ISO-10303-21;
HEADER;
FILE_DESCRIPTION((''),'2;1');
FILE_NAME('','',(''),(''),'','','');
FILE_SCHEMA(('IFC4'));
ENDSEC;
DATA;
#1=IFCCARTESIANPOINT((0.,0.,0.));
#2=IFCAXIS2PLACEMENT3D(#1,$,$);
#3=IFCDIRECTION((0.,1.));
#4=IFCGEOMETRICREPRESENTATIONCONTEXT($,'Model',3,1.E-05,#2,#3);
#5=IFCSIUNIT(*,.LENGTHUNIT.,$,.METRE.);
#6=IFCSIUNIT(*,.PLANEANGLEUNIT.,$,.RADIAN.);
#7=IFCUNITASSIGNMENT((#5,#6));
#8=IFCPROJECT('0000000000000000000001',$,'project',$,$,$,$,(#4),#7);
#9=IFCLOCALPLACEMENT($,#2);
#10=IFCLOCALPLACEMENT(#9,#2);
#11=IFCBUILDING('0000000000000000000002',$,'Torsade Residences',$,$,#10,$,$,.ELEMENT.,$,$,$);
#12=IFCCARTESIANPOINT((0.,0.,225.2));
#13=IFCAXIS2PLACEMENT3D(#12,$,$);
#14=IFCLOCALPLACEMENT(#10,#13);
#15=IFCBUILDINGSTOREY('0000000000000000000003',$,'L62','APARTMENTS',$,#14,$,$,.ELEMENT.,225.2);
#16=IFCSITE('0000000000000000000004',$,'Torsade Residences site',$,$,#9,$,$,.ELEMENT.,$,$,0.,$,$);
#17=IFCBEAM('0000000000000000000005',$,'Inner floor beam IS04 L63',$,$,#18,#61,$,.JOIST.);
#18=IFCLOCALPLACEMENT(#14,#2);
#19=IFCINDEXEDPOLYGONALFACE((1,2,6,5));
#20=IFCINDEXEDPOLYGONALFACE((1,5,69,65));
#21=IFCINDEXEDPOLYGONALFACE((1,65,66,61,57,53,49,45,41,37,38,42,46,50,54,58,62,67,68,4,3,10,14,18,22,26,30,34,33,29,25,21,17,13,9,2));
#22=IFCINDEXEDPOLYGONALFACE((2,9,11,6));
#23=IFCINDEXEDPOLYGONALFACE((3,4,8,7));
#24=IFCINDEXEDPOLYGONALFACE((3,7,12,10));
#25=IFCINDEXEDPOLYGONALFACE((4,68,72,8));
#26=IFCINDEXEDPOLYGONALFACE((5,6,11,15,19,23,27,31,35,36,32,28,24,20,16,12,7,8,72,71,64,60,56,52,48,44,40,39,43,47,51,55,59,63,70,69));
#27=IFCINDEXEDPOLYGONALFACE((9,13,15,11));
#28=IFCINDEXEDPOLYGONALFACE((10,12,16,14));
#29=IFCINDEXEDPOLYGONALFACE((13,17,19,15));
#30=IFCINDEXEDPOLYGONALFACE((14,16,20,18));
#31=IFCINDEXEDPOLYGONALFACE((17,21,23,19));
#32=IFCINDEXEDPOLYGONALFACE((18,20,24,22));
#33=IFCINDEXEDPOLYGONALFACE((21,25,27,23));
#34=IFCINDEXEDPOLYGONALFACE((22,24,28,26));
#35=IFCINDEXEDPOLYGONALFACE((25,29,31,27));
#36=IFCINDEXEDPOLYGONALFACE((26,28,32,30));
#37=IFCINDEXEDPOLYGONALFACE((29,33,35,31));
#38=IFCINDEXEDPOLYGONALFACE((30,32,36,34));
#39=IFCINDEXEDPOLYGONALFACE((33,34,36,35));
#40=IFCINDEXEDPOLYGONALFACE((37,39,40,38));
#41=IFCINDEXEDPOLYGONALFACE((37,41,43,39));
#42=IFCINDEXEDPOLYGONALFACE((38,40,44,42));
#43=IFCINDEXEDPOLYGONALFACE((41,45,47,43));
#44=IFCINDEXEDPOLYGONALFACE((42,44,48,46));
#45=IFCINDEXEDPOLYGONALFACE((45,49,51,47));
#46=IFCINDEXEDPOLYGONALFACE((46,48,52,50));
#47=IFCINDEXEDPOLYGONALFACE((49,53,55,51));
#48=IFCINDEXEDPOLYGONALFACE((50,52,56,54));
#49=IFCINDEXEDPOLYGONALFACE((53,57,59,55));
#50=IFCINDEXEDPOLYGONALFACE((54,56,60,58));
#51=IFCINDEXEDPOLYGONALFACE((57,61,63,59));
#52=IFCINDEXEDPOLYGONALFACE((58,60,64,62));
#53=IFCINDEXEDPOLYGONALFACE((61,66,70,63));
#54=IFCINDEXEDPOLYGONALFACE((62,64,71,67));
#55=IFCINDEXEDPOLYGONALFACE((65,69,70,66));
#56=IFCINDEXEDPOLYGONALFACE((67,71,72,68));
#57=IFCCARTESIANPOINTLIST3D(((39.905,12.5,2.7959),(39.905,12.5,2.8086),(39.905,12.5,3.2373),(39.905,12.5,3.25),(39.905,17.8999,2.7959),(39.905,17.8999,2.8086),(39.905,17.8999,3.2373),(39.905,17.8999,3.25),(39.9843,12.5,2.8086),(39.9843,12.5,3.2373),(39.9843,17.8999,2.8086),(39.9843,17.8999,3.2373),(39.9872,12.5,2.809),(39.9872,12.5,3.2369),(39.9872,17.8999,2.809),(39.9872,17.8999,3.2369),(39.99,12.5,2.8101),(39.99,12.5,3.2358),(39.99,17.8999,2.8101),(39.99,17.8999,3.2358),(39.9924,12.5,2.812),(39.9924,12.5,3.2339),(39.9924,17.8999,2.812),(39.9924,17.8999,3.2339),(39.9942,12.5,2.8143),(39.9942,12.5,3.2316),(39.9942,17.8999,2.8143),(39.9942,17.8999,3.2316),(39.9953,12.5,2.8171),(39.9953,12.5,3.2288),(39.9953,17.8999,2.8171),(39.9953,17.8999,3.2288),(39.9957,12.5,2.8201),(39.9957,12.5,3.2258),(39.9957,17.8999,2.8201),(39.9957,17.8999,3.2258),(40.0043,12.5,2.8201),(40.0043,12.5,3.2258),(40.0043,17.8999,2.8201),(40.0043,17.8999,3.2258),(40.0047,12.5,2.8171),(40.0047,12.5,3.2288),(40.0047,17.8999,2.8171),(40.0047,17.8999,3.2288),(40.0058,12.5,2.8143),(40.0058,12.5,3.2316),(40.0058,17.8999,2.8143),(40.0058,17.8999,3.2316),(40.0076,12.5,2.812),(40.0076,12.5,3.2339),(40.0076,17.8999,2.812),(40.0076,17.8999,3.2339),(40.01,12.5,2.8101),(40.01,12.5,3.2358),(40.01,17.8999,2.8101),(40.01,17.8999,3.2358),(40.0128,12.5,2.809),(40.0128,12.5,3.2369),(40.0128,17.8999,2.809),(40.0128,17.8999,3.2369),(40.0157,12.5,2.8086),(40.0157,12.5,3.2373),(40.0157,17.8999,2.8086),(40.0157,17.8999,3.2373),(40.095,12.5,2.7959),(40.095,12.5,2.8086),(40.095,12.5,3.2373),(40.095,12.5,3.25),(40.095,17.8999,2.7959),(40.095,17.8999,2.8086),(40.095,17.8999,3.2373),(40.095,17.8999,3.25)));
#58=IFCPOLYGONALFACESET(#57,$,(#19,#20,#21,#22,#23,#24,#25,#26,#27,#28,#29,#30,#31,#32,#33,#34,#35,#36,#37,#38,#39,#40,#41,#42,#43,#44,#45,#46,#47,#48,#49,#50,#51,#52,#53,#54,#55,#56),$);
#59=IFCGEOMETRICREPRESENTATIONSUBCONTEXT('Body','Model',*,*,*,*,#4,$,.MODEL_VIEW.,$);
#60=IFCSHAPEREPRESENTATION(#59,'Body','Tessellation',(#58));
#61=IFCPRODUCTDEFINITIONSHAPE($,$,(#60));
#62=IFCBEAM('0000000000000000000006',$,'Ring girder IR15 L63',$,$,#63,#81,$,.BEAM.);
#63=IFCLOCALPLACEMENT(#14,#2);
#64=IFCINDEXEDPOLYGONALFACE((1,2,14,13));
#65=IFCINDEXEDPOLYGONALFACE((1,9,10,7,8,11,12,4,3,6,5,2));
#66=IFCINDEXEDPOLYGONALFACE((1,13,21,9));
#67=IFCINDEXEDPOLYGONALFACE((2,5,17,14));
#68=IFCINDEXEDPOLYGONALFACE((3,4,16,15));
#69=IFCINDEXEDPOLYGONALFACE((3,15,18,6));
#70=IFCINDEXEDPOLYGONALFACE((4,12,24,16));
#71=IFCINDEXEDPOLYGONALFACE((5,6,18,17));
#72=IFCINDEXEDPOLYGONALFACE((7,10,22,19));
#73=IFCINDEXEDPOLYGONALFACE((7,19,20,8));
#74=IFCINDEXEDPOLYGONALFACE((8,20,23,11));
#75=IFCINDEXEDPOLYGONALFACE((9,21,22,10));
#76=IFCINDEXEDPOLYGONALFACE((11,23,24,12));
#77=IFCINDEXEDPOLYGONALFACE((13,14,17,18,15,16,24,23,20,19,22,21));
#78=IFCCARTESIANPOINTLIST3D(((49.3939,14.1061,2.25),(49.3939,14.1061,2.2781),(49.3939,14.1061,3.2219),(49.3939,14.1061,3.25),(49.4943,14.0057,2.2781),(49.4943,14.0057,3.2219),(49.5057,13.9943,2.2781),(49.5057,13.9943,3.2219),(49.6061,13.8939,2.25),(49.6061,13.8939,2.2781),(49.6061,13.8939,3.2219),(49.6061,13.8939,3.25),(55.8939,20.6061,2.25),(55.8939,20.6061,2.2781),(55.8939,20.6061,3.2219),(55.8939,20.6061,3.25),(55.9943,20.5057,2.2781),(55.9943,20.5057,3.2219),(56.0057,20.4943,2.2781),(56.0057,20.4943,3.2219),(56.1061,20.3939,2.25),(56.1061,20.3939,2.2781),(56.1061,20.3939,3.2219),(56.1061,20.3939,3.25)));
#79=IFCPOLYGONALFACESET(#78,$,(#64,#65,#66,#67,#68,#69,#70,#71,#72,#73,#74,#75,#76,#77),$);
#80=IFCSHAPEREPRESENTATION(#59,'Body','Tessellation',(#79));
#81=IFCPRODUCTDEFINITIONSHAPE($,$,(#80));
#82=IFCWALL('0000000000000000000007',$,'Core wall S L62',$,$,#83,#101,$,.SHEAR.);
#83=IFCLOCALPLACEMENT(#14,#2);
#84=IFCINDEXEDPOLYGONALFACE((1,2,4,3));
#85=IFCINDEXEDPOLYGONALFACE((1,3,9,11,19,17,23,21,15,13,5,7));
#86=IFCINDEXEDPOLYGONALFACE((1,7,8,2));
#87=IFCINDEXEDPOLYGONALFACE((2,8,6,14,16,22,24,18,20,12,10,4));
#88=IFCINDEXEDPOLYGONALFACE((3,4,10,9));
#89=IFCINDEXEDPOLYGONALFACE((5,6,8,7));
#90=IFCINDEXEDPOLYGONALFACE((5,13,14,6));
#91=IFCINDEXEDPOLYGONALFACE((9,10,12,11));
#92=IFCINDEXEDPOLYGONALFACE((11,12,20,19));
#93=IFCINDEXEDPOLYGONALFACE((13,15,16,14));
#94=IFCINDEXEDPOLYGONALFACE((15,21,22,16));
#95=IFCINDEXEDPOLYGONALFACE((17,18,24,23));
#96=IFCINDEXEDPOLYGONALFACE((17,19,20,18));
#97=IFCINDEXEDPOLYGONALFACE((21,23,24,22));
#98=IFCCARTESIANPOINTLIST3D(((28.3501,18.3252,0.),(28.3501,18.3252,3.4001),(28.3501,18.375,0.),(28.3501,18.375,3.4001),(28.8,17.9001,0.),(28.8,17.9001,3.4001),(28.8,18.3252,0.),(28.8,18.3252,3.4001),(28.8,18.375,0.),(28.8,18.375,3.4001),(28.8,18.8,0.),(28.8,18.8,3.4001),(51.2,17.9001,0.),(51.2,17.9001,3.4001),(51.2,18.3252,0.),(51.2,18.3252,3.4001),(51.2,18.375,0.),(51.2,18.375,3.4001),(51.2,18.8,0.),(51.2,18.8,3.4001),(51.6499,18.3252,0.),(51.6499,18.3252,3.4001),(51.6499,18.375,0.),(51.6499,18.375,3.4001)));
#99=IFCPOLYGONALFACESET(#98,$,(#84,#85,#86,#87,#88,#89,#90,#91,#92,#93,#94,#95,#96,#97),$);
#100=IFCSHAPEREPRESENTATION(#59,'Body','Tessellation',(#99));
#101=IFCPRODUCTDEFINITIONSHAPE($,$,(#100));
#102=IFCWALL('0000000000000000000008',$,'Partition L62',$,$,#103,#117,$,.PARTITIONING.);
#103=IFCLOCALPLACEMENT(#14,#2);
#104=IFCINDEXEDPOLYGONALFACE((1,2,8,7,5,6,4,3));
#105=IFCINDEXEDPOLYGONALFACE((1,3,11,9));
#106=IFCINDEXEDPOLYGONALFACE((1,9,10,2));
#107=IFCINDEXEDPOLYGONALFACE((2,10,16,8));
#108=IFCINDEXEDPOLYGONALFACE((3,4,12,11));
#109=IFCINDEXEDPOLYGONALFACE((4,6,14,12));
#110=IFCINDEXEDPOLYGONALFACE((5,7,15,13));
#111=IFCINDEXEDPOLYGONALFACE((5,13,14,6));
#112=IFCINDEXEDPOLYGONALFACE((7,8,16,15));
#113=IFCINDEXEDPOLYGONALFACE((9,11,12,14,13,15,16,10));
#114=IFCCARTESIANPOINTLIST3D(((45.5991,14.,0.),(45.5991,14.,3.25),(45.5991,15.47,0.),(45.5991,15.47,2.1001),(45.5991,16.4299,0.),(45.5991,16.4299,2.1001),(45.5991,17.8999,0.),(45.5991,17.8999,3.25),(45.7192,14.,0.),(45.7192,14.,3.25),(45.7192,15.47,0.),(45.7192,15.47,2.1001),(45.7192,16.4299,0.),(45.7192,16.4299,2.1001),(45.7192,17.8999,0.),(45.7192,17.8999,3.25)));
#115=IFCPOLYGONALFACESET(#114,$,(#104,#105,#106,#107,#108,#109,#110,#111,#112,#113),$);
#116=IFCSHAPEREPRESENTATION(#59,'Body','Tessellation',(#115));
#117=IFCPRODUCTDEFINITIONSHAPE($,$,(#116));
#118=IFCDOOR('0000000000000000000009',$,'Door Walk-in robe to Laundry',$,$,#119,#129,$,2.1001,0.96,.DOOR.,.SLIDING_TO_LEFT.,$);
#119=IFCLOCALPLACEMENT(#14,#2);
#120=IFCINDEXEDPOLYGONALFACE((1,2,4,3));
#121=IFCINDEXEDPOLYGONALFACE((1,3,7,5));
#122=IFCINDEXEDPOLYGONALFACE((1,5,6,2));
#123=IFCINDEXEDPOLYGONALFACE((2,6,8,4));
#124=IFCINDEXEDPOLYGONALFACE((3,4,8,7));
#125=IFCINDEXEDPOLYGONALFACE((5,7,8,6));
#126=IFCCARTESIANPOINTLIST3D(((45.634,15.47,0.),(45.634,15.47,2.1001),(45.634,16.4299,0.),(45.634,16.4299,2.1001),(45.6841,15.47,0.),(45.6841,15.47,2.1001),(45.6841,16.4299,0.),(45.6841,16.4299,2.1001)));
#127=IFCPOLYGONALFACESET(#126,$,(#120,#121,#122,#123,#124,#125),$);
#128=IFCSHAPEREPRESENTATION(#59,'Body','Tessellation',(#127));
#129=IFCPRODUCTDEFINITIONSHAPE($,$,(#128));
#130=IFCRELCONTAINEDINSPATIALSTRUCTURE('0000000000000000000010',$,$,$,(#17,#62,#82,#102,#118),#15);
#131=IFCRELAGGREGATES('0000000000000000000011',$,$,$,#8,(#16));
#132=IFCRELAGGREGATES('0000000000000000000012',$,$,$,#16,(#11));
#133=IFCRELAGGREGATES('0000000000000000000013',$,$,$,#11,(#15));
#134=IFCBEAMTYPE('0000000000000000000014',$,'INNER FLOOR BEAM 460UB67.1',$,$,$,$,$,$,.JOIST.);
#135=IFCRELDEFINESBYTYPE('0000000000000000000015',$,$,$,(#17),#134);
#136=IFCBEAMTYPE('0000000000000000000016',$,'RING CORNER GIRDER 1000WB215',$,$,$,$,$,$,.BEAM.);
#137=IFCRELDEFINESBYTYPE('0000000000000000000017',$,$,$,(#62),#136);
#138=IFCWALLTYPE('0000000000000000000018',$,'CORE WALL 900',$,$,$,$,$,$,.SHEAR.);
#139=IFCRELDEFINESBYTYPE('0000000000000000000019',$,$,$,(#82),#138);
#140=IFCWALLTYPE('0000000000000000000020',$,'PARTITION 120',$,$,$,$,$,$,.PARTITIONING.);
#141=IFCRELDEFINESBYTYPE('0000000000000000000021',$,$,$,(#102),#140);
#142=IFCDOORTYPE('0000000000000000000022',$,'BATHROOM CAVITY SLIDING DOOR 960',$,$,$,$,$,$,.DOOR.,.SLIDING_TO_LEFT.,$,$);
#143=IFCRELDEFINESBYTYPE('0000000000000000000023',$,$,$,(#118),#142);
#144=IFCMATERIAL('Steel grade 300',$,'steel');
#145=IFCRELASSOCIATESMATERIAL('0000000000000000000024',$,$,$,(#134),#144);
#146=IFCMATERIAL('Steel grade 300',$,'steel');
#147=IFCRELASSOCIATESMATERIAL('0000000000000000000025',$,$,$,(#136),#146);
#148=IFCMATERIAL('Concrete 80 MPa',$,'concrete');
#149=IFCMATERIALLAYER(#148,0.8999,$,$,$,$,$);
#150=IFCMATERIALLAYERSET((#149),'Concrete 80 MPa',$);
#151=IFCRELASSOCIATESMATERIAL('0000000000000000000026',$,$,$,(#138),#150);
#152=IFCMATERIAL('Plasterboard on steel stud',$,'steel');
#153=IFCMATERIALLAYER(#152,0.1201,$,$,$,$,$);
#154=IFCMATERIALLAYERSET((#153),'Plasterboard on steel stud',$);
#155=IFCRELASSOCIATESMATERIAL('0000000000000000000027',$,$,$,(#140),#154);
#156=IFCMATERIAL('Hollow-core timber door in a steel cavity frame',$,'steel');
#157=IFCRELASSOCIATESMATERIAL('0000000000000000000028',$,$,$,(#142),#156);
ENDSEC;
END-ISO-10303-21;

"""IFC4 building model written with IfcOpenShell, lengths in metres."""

from ifc_helpers import new_model, si_unit, direction, frame, frame_2d, origin, origin_2d, place, context, subcontext, project, spatial, polyline, rectangle, i_section, outline, extrude, material, layer, layer_set, material_profile, profile_set, type_object, element, fill, save


model = new_model("IFC4")

# Units and contexts
model_context = context("Model", 3, precision=1e-05, world=origin(), true_north=direction((0.0, 1.0)))
body_context = subcontext(model_context, "Body", "Model", "MODEL_VIEW")
ifc_project = project(units=[si_unit("LENGTHUNIT", "METRE"), si_unit("PLANEANGLEUNIT", "RADIAN")], contexts=[model_context])

# Site, building, storey
site_placement = place(None, origin())
site = spatial("IfcSite", under=ifc_project, at=site_placement, Name="Torsade Residences site", CompositionType="ELEMENT", RefElevation=0.0)
building_placement = place(site_placement, origin())
building = spatial("IfcBuilding", under=site, at=building_placement, Name="Torsade Residences", CompositionType="ELEMENT")
storey_placement = place(building_placement, frame((0.0, 0.0, 225.2)))
storey = spatial("IfcBuildingStorey", under=building, at=storey_placement, Name="L62", Description="APARTMENTS", CompositionType="ELEMENT", Elevation=225.2)

# Beams
ifc_material_1 = material(Name="Steel grade 300", Category="steel")
ifc_material_profile_1 = material_profile(ifc_material_1, i_section(OverallWidth=0.1899, OverallDepth=0.4541, WebThickness=0.0085, FlangeThickness=0.0127, FilletRadius=0.0115, at=origin_2d()), Name="460UB67.1")
ifc_profile_set_1 = profile_set([ifc_material_profile_1], Name="Steel grade 300")
beam_type_1 = type_object("IfcBeamType", Name="INNER FLOOR BEAM 460UB67.1", PredefinedType="JOIST", material=ifc_profile_set_1)
for number, where, z_axis, x_axis, name in (
    (1, (40.0, 17.8999, 3.0229), (0.0, -1.0, 0.0), (1.0, 0.0, 0.0), "Inner floor beam IS04 L63"),
):
    element("IfcBeam", number, at=place(storey_placement, frame(where, z_axis=z_axis, x_axis=x_axis)), inside=storey, type_object=beam_type_1, Name=name, PredefinedType="JOIST", context=body_context, shape_type="SweptSolid", body=[
        extrude(i_section(OverallWidth=0.1899, OverallDepth=0.4541, WebThickness=0.0085, FlangeThickness=0.0127, FilletRadius=0.0115, at=origin_2d()), origin(), (0.0, 0.0, 1.0), 5.3999),
    ])
ifc_material_2 = material(Name="Steel grade 300", Category="steel")
ifc_material_profile_2 = material_profile(ifc_material_2, i_section(OverallWidth=0.3, OverallDepth=1.0, WebThickness=0.0161, FlangeThickness=0.0281, at=origin_2d()), Name="1000WB215")
ifc_profile_set_2 = profile_set([ifc_material_profile_2], Name="Steel grade 300")
beam_type_2 = type_object("IfcBeamType", Name="RING CORNER GIRDER 1000WB215", PredefinedType="BEAM", material=ifc_profile_set_2)
beam_1_placement = place(storey_placement, frame((49.5, 14.0, 2.75), z_axis=(0.707107, 0.707107, 0.0), x_axis=(-0.707107, 0.707107, 0.0)))
element("IfcBeam", 2, at=beam_1_placement, inside=storey, type_object=beam_type_2, Name="Ring girder IR15 L63", PredefinedType="BEAM", context=body_context, shape_type="SweptSolid", body=[
    extrude(i_section(OverallWidth=0.3, OverallDepth=1.0, WebThickness=0.0161, FlangeThickness=0.0281, at=origin_2d()), origin(), (0.0, 0.0, 1.0), 9.1924),
])

# Wall
ifc_material_3 = material(Name="Concrete 80 MPa", Category="concrete")
ifc_layer_1 = layer(ifc_material_3, 0.8999)
ifc_layer_set_1 = layer_set([ifc_layer_1], Name="Concrete 80 MPa")
wall_type_1 = type_object("IfcWallType", Name="CORE WALL 900", PredefinedType="SHEAR", material=ifc_layer_set_1)
wall_1_placement = place(storey_placement, frame((51.2, 18.3501, 0.0), z_axis=(0.0, 0.0, 1.0), x_axis=(-1.0, 0.0, 0.0)))
element("IfcWall", 3, at=wall_1_placement, inside=storey, type_object=wall_type_1, Name="Core wall S L62", PredefinedType="SHEAR", context=body_context, shape_type="SweptSolid", body=[
    extrude(outline(polyline([(0.0, -0.45), (22.3999, -0.45), (22.3999, -0.0249), (22.8499, -0.0249), (22.8499, 0.0249), (22.3999, 0.0249), (22.3999, 0.45), (0.0, 0.45), (0.0, 0.0249), (-0.45, 0.0249), (-0.45, -0.0249), (0.0, -0.0249), (0.0, -0.45)])), origin(), (0.0, 0.0, 1.0), 3.4001),
])

# Wall, opening, door
ifc_material_4 = material(Name="Plasterboard on steel stud", Category="steel")
ifc_layer_2 = layer(ifc_material_4, 0.1201)
ifc_layer_set_2 = layer_set([ifc_layer_2], Name="Plasterboard on steel stud")
wall_type_2 = type_object("IfcWallType", Name="PARTITION 120", PredefinedType="PARTITIONING", material=ifc_layer_set_2)
wall_2_placement = place(storey_placement, frame((45.6592, 17.8999, 0.0), z_axis=(0.0, 0.0, 1.0), x_axis=(0.0, -1.0, 0.0)))
wall_2 = element("IfcWall", 4, at=wall_2_placement, inside=storey, type_object=wall_type_2, Name="Partition L62", PredefinedType="PARTITIONING", context=body_context, shape_type="SweptSolid", body=[
    extrude(rectangle(XDim=3.8999, YDim=0.1201, at=frame_2d((1.95, 0.0))), origin(), (0.0, 0.0, 1.0), 3.25),
])
opening_1_placement = place(wall_2_placement, frame((1.47, 0.0, 0.0)))
opening_1 = element("IfcOpeningElement", 5, at=opening_1_placement, cuts=wall_2, PredefinedType="OPENING", context=body_context, shape_type="SweptSolid", body=[
    extrude(rectangle(XDim=0.96, YDim=2.1001, at=frame_2d((0.48, 1.05))), frame((0.0, 0.0701, 0.0), z_axis=(0.0, -1.0, 0.0), x_axis=(1.0, 0.0, 0.0)), (0.0, 0.0, 1.0), 0.1401),
])
ifc_material_5 = material(Name="Hollow-core timber door in a steel cavity frame", Category="steel")
door_type_1 = type_object("IfcDoorType", Name="BATHROOM CAVITY SLIDING DOOR 960", OperationType="SLIDING_TO_LEFT", PredefinedType="DOOR", material=ifc_material_5)
door_1_placement = place(opening_1_placement, origin())
door_1 = element("IfcDoor", 6, at=door_1_placement, inside=storey, type_object=door_type_1, Name="Door Walk-in robe to Laundry", OperationType="SLIDING_TO_LEFT", OverallHeight=2.1001, OverallWidth=0.96, PredefinedType="DOOR", context=body_context, shape_type="SweptSolid", body=[
    extrude(rectangle(XDim=0.96, YDim=2.1001, at=frame_2d((0.48, 1.05))), frame((0.0, 0.0249, 0.0), z_axis=(0.0, -1.0, 0.0), x_axis=(1.0, 0.0, 0.0)), (0.0, 0.0, 1.0), 0.05),
])
fill(opening_1, door_1)

save(model, "model.ifc")
